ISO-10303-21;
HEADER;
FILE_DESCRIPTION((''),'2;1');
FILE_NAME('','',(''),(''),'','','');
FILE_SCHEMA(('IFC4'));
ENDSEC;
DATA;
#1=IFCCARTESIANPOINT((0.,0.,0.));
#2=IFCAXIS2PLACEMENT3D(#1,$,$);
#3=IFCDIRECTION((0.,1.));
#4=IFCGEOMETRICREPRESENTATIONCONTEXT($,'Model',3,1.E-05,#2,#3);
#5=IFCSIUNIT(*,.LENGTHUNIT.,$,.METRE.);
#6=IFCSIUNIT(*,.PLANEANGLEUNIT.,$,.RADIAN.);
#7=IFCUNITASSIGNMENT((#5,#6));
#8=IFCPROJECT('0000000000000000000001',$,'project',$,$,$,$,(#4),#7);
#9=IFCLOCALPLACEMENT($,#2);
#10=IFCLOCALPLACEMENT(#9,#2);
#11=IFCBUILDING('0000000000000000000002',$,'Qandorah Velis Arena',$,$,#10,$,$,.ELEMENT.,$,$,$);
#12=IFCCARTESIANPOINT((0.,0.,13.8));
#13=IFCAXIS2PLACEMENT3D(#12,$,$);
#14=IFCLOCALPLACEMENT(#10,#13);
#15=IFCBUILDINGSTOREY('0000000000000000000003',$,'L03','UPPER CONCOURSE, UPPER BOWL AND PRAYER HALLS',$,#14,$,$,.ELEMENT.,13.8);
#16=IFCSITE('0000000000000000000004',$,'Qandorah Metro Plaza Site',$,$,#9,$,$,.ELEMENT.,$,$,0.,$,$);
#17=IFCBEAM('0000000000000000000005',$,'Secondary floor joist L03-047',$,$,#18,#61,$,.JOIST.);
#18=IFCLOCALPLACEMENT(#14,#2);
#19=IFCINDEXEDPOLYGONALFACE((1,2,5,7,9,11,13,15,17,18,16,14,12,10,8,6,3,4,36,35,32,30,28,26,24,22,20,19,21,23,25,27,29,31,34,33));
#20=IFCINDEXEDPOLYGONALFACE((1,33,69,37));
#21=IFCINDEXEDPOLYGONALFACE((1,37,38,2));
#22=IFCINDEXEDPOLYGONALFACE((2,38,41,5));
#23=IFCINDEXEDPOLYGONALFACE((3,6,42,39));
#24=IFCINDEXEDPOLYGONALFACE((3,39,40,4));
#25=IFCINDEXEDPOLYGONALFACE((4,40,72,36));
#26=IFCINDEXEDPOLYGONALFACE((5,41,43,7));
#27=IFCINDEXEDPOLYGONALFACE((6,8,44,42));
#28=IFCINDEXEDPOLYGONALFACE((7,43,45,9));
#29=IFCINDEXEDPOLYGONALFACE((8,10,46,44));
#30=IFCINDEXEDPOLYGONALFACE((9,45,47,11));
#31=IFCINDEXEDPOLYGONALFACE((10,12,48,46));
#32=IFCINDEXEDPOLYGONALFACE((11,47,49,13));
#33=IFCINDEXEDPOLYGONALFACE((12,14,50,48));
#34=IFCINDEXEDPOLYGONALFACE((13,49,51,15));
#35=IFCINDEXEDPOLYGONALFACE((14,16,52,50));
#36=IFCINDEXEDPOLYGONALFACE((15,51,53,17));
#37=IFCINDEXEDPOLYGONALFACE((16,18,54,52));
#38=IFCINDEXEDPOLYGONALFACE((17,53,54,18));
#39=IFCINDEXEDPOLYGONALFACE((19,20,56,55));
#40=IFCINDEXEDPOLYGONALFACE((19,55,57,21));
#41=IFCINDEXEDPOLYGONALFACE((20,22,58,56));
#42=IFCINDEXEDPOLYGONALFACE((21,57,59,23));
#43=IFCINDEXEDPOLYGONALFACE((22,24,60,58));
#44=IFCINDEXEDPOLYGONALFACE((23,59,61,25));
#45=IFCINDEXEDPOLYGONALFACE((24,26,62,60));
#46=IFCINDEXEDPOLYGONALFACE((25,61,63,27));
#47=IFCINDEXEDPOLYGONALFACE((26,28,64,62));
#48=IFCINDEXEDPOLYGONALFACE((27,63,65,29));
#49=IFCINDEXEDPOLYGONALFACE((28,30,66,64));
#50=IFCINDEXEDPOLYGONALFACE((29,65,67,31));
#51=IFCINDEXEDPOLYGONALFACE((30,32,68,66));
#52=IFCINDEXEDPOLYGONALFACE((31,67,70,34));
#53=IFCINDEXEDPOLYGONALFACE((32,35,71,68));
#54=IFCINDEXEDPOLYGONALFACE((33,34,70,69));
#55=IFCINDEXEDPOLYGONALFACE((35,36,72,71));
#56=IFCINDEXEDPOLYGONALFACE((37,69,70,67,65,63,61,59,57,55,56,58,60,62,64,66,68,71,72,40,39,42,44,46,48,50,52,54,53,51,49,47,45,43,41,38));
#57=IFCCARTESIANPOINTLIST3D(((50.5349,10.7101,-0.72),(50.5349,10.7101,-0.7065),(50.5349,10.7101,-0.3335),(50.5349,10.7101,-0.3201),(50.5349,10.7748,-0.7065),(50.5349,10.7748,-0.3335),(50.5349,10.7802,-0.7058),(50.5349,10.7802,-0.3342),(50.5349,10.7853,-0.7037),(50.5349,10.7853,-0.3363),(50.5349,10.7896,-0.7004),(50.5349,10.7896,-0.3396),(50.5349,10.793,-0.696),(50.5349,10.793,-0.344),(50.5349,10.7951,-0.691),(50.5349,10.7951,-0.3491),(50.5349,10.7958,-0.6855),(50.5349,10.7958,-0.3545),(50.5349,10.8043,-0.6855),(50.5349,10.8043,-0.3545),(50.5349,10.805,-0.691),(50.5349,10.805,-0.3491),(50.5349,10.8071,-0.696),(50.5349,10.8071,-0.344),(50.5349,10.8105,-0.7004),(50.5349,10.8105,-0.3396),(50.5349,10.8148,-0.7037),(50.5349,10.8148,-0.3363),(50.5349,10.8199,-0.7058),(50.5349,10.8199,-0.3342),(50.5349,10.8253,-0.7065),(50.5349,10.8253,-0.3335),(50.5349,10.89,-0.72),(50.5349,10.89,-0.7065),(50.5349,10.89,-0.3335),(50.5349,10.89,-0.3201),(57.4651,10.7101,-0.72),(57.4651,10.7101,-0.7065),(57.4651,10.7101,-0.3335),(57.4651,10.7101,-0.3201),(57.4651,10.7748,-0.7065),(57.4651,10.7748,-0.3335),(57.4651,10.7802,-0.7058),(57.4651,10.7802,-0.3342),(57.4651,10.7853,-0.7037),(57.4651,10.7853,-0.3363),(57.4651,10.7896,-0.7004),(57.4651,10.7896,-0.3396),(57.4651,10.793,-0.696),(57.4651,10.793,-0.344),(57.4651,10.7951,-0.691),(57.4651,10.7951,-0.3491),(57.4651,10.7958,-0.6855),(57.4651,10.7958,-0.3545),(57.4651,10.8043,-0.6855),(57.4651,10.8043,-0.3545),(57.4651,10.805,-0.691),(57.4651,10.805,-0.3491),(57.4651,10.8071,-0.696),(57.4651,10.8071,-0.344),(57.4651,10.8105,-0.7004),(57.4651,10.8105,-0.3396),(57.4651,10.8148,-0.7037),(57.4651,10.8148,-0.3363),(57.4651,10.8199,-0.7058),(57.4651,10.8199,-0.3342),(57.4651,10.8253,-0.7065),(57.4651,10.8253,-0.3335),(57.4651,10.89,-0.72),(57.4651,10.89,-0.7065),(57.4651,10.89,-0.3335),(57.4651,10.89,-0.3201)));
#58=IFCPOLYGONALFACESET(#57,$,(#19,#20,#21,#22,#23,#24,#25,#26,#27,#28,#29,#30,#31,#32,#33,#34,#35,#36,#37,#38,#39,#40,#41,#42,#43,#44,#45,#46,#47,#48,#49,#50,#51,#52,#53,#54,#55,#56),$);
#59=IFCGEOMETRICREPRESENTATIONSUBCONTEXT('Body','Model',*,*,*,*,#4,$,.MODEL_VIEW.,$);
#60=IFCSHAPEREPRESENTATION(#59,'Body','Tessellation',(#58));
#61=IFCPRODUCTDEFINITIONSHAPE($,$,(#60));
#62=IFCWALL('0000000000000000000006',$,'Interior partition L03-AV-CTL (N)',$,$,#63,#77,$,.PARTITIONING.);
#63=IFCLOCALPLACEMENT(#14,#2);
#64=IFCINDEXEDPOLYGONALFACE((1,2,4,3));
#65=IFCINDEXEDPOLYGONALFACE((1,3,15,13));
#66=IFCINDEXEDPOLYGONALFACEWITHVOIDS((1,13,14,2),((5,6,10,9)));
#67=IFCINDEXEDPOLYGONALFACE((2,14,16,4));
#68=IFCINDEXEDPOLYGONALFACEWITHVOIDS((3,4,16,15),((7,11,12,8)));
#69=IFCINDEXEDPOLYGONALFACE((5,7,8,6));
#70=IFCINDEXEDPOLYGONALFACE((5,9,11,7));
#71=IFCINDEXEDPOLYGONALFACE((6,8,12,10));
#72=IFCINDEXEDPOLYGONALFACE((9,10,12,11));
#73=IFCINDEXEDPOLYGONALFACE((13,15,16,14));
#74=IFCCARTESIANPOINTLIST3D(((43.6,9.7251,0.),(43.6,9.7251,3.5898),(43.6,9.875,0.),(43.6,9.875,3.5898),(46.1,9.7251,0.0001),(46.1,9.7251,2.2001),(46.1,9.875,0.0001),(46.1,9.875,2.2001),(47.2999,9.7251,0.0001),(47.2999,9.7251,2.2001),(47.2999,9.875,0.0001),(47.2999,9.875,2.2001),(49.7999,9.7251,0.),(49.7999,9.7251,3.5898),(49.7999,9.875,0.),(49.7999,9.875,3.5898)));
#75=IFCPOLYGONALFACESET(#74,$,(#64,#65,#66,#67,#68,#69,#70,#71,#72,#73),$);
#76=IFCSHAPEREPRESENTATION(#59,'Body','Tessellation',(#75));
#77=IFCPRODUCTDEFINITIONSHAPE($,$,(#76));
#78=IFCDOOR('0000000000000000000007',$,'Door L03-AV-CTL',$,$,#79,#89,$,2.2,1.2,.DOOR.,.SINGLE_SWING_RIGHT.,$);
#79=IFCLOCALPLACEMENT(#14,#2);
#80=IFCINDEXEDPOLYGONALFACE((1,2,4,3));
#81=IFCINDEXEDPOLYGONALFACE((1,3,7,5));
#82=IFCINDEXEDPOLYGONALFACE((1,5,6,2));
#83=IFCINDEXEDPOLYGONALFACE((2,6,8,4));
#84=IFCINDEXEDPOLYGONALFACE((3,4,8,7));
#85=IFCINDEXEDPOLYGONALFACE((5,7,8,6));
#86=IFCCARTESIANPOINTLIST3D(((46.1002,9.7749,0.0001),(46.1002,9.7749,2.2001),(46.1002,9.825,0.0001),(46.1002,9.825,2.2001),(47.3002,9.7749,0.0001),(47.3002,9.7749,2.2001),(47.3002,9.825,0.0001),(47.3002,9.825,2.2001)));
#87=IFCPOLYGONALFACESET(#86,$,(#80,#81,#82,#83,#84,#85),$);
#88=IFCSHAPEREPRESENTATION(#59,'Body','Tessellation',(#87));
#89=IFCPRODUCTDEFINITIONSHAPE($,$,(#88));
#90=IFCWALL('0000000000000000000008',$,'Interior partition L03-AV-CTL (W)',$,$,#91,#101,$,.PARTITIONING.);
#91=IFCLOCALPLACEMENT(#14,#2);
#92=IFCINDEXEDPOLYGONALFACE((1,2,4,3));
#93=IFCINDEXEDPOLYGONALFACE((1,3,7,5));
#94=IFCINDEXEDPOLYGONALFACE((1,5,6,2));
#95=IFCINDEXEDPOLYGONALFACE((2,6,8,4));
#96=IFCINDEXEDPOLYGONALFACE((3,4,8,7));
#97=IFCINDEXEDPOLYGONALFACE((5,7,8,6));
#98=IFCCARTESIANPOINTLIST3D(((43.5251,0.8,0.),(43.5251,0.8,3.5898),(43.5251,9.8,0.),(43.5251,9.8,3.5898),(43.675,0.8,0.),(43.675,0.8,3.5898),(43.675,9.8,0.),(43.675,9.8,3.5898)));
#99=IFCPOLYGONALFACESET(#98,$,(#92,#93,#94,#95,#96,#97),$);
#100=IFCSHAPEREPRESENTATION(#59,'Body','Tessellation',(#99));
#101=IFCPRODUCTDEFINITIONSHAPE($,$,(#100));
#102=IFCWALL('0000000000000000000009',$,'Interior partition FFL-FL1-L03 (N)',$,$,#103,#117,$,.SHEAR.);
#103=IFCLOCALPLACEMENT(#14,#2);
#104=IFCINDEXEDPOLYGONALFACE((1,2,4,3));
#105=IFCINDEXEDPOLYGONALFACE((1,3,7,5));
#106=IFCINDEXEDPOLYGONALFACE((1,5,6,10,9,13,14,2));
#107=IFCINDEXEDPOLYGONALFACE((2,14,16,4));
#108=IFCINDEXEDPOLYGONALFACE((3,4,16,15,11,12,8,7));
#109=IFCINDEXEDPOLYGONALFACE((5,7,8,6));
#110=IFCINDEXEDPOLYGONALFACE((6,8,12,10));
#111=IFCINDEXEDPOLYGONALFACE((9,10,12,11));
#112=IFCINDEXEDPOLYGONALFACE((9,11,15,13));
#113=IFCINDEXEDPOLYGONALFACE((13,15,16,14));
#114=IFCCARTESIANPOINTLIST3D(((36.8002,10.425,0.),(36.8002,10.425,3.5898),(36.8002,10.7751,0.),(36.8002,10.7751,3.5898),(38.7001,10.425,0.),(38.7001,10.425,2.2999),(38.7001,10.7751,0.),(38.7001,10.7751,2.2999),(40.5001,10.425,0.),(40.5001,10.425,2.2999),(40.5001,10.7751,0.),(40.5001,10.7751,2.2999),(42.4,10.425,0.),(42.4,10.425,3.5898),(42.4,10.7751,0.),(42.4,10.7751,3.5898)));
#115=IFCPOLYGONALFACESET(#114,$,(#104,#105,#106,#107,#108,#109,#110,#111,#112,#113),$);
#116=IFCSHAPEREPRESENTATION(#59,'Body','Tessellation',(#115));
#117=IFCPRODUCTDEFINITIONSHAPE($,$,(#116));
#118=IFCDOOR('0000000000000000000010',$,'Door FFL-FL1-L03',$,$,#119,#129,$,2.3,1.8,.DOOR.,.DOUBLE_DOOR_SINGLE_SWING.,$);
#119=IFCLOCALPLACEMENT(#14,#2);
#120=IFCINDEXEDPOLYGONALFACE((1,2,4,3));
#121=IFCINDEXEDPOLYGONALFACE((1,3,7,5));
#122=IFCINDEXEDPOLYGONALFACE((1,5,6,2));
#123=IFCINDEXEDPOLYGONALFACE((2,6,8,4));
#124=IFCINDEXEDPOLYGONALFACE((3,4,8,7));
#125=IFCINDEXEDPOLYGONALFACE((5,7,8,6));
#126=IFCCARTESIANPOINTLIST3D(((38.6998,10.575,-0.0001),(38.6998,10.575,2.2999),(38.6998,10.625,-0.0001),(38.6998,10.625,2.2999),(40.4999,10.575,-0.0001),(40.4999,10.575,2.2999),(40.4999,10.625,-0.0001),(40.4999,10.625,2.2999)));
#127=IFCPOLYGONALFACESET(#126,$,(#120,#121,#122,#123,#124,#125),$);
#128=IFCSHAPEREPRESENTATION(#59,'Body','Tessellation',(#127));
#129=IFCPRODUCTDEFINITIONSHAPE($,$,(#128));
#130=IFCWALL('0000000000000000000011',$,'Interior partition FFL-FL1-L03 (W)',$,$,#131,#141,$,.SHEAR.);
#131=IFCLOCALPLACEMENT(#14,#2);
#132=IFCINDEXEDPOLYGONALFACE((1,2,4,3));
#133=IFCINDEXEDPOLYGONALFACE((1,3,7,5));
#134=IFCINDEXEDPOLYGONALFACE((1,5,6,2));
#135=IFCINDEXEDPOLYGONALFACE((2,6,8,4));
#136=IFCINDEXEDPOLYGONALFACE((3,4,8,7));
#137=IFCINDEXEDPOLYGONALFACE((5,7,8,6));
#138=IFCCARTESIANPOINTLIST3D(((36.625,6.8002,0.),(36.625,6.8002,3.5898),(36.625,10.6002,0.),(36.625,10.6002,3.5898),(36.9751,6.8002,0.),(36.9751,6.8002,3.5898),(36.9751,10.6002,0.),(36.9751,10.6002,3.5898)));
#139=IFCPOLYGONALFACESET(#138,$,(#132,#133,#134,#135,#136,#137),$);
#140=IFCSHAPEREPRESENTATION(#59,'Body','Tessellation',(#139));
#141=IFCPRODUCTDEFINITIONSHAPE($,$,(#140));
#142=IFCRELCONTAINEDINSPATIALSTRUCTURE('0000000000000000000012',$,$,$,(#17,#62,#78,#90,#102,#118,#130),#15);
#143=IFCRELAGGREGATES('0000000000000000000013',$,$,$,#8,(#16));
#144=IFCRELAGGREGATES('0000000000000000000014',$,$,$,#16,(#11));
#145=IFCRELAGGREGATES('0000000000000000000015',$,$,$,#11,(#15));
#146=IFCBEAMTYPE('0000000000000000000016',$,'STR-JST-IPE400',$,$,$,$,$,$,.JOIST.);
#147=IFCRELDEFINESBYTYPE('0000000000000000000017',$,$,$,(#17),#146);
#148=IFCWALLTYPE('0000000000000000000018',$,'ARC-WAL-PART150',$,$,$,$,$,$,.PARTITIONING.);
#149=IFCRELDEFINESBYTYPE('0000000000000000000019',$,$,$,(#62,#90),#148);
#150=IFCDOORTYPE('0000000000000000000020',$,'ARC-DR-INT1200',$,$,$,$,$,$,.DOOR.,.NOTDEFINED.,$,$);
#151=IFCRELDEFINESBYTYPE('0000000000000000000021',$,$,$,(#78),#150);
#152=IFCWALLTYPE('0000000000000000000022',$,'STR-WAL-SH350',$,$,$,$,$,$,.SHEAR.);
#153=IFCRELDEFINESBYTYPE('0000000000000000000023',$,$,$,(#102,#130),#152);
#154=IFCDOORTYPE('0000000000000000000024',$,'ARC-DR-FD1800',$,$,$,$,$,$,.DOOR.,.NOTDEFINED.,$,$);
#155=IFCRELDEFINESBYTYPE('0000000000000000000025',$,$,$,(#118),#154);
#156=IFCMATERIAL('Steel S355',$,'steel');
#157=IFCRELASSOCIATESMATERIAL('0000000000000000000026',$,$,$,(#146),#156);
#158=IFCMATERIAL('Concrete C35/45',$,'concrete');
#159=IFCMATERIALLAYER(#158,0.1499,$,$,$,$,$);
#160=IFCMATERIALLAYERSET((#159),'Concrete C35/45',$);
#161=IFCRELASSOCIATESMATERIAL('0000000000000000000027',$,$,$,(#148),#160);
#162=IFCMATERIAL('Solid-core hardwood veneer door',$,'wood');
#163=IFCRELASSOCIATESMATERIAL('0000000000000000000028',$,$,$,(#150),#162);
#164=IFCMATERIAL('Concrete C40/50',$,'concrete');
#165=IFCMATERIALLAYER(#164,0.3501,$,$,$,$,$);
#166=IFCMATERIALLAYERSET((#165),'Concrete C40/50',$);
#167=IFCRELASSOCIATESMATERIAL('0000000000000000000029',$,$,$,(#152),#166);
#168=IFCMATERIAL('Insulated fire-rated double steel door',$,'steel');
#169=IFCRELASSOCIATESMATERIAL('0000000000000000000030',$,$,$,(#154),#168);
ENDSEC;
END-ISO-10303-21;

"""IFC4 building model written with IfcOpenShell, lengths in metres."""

from ifc_helpers import new_model, si_unit, direction, frame, frame_2d, origin, origin_2d, place, context, subcontext, project, spatial, rectangle, i_section, extrude, material, layer, layer_set, material_profile, profile_set, type_object, element, fill, save


model = new_model("IFC4")

# Units and contexts
model_context = context("Model", 3, precision=1e-05, world=origin(), true_north=direction((0.0, 1.0)))
body_context = subcontext(model_context, "Body", "Model", "MODEL_VIEW")
ifc_project = project(units=[si_unit("LENGTHUNIT", "METRE"), si_unit("PLANEANGLEUNIT", "RADIAN")], contexts=[model_context])

# Site, building, storey
site_placement = place(None, origin())
site = spatial("IfcSite", under=ifc_project, at=site_placement, Name="Qandorah Metro Plaza Site", CompositionType="ELEMENT", RefElevation=0.0)
building_placement = place(site_placement, origin())
building = spatial("IfcBuilding", under=site, at=building_placement, Name="Qandorah Velis Arena", CompositionType="ELEMENT")
storey_placement = place(building_placement, frame((0.0, 0.0, 13.8)))
storey = spatial("IfcBuildingStorey", under=building, at=storey_placement, Name="L03", Description="UPPER CONCOURSE, UPPER BOWL AND PRAYER HALLS", CompositionType="ELEMENT", Elevation=13.8)

# Shared definitions
ifc_material_1 = material(Name="Concrete C40/50", Category="concrete")

# Beam
ifc_material_2 = material(Name="Steel S355", Category="steel")
ifc_material_profile_1 = material_profile(ifc_material_2, i_section(OverallWidth=0.1799, OverallDepth=0.3999, WebThickness=0.0085, FlangeThickness=0.0134, FilletRadius=0.021, at=origin_2d()), Name="IPE 400")
ifc_profile_set_1 = profile_set([ifc_material_profile_1], Name="Steel S355")
beam_type_1 = type_object("IfcBeamType", Name="STR-JST-IPE400", PredefinedType="JOIST", material=ifc_profile_set_1)
beam_1_placement = place(storey_placement, frame((50.5349, 10.8, -0.52), z_axis=(1.0, 0.0, 0.0), x_axis=(0.0, 1.0, 0.0)))
element("IfcBeam", 1, at=beam_1_placement, inside=storey, type_object=beam_type_1, Name="Secondary floor joist L03-047", PredefinedType="JOIST", context=body_context, shape_type="SweptSolid", body=[
    extrude(i_section(OverallWidth=0.1799, OverallDepth=0.3999, WebThickness=0.0085, FlangeThickness=0.0134, FilletRadius=0.021, at=origin_2d()), origin(), (0.0, 0.0, 1.0), 6.9302),
])

# Wall, opening, door
ifc_material_3 = material(Name="Concrete C35/45", Category="concrete")
ifc_layer_1 = layer(ifc_material_3, 0.1499)
ifc_layer_set_1 = layer_set([ifc_layer_1], Name="Concrete C35/45")
wall_type_1 = type_object("IfcWallType", Name="ARC-WAL-PART150", PredefinedType="PARTITIONING", material=ifc_layer_set_1)
wall_1_placement = place(storey_placement, frame((49.8, 9.8, 0.0), z_axis=(0.0, 0.0, 1.0), x_axis=(-1.0, 0.0, 0.0)))
wall_1 = element("IfcWall", 2, at=wall_1_placement, inside=storey, type_object=wall_type_1, Name="Interior partition L03-AV-CTL (N)", PredefinedType="PARTITIONING", context=body_context, shape_type="SweptSolid", body=[
    extrude(rectangle(XDim=6.2, YDim=0.1499, at=frame_2d((3.1001, 0.0))), origin(), (0.0, 0.0, 1.0), 3.5898),
])
opening_1_placement = place(wall_1_placement, frame((2.5, 0.0, 0.0)))
opening_1 = element("IfcOpeningElement", 3, at=opening_1_placement, cuts=wall_1, PredefinedType="OPENING", context=body_context, shape_type="SweptSolid", body=[
    extrude(rectangle(XDim=1.2, YDim=2.2, at=frame_2d((0.6001, 1.1001))), frame((0.0, 0.085, 0.0), z_axis=(0.0, -1.0, 0.0), x_axis=(1.0, 0.0, 0.0)), (0.0, 0.0, 1.0), 0.1699),
])
ifc_material_4 = material(Name="Solid-core hardwood veneer door", Category="wood")
door_type_1 = type_object("IfcDoorType", Name="ARC-DR-INT1200", OperationType="NOTDEFINED", PredefinedType="DOOR", material=ifc_material_4)
door_1_placement = place(opening_1_placement, frame((1.2, 0.0, 0.0), z_axis=(0.0, 0.0, 1.0), x_axis=(-1.0, 0.0, 0.0)))
door_1 = element("IfcDoor", 4, at=door_1_placement, inside=storey, type_object=door_type_1, Name="Door L03-AV-CTL", OperationType="SINGLE_SWING_RIGHT", OverallHeight=2.2, OverallWidth=1.2, PredefinedType="DOOR", context=body_context, shape_type="SweptSolid", body=[
    extrude(rectangle(XDim=1.2, YDim=2.2, at=frame_2d((0.6001, 1.1001))), frame((0.0, 0.0249, 0.0), z_axis=(0.0, -1.0, 0.0), x_axis=(1.0, 0.0, 0.0)), (0.0, 0.0, 1.0), 0.05),
])
fill(opening_1, door_1)

# Wall
wall_2_placement = place(storey_placement, frame((43.6001, 9.8, 0.0), z_axis=(0.0, 0.0, 1.0), x_axis=(0.0, -1.0, 0.0)))
element("IfcWall", 5, at=wall_2_placement, inside=storey, type_object=wall_type_1, Name="Interior partition L03-AV-CTL (W)", PredefinedType="PARTITIONING", context=body_context, shape_type="SweptSolid", body=[
    extrude(rectangle(XDim=9.0, YDim=0.1499, at=frame_2d((4.5, 0.0))), origin(), (0.0, 0.0, 1.0), 3.5898),
])

# Wall, opening, door
ifc_layer_2 = layer(ifc_material_1, 0.3501)
ifc_layer_set_2 = layer_set([ifc_layer_2], Name="Concrete C40/50")
wall_type_2 = type_object("IfcWallType", Name="STR-WAL-SH350", PredefinedType="SHEAR", material=ifc_layer_set_2)
wall_3_placement = place(storey_placement, frame((42.3999, 10.6001, 0.0), z_axis=(0.0, 0.0, 1.0), x_axis=(-1.0, 0.0, 0.0)))
wall_3 = element("IfcWall", 6, at=wall_3_placement, inside=storey, type_object=wall_type_2, Name="Interior partition FFL-FL1-L03 (N)", PredefinedType="SHEAR", context=body_context, shape_type="SweptSolid", body=[
    extrude(rectangle(XDim=5.5999, YDim=0.3501, at=frame_2d((2.7998, 0.0))), origin(), (0.0, 0.0, 1.0), 3.5898),
])
opening_2_placement = place(wall_3_placement, frame((1.8999, 0.0, 0.0)))
opening_2 = element("IfcOpeningElement", 7, at=opening_2_placement, cuts=wall_3, PredefinedType="OPENING", context=body_context, shape_type="SweptSolid", body=[
    extrude(rectangle(XDim=1.8, YDim=2.3, at=frame_2d((0.8999, 1.1499))), frame((0.0, 0.1851, 0.0), z_axis=(0.0, -1.0, 0.0), x_axis=(1.0, 0.0, 0.0)), (0.0, 0.0, 1.0), 0.3701),
])
ifc_material_5 = material(Name="Insulated fire-rated double steel door", Category="steel")
door_type_2 = type_object("IfcDoorType", Name="ARC-DR-FD1800", OperationType="NOTDEFINED", PredefinedType="DOOR", material=ifc_material_5)
door_2_placement = place(opening_2_placement, frame((1.8, 0.0, 0.0), z_axis=(0.0, 0.0, 1.0), x_axis=(-1.0, 0.0, 0.0)))
door_2 = element("IfcDoor", 8, at=door_2_placement, inside=storey, type_object=door_type_2, Name="Door FFL-FL1-L03", OperationType="DOUBLE_DOOR_SINGLE_SWING", OverallHeight=2.3, OverallWidth=1.8, PredefinedType="DOOR", context=body_context, shape_type="SweptSolid", body=[
    extrude(rectangle(XDim=1.8, YDim=2.3, at=frame_2d((0.8999, 1.1499))), frame((0.0, 0.0249, 0.0), z_axis=(0.0, -1.0, 0.0), x_axis=(1.0, 0.0, 0.0)), (0.0, 0.0, 1.0), 0.05),
])
fill(opening_2, door_2)

# Wall
wall_4_placement = place(storey_placement, frame((36.8, 10.6001, 0.0), z_axis=(0.0, 0.0, 1.0), x_axis=(0.0, -1.0, 0.0)))
element("IfcWall", 9, at=wall_4_placement, inside=storey, type_object=wall_type_2, Name="Interior partition FFL-FL1-L03 (W)", PredefinedType="SHEAR", context=body_context, shape_type="SweptSolid", body=[
    extrude(rectangle(XDim=3.8, YDim=0.3501, at=frame_2d((1.8999, 0.0))), origin(), (0.0, 0.0, 1.0), 3.5898),
])

save(model, "model.ifc")
